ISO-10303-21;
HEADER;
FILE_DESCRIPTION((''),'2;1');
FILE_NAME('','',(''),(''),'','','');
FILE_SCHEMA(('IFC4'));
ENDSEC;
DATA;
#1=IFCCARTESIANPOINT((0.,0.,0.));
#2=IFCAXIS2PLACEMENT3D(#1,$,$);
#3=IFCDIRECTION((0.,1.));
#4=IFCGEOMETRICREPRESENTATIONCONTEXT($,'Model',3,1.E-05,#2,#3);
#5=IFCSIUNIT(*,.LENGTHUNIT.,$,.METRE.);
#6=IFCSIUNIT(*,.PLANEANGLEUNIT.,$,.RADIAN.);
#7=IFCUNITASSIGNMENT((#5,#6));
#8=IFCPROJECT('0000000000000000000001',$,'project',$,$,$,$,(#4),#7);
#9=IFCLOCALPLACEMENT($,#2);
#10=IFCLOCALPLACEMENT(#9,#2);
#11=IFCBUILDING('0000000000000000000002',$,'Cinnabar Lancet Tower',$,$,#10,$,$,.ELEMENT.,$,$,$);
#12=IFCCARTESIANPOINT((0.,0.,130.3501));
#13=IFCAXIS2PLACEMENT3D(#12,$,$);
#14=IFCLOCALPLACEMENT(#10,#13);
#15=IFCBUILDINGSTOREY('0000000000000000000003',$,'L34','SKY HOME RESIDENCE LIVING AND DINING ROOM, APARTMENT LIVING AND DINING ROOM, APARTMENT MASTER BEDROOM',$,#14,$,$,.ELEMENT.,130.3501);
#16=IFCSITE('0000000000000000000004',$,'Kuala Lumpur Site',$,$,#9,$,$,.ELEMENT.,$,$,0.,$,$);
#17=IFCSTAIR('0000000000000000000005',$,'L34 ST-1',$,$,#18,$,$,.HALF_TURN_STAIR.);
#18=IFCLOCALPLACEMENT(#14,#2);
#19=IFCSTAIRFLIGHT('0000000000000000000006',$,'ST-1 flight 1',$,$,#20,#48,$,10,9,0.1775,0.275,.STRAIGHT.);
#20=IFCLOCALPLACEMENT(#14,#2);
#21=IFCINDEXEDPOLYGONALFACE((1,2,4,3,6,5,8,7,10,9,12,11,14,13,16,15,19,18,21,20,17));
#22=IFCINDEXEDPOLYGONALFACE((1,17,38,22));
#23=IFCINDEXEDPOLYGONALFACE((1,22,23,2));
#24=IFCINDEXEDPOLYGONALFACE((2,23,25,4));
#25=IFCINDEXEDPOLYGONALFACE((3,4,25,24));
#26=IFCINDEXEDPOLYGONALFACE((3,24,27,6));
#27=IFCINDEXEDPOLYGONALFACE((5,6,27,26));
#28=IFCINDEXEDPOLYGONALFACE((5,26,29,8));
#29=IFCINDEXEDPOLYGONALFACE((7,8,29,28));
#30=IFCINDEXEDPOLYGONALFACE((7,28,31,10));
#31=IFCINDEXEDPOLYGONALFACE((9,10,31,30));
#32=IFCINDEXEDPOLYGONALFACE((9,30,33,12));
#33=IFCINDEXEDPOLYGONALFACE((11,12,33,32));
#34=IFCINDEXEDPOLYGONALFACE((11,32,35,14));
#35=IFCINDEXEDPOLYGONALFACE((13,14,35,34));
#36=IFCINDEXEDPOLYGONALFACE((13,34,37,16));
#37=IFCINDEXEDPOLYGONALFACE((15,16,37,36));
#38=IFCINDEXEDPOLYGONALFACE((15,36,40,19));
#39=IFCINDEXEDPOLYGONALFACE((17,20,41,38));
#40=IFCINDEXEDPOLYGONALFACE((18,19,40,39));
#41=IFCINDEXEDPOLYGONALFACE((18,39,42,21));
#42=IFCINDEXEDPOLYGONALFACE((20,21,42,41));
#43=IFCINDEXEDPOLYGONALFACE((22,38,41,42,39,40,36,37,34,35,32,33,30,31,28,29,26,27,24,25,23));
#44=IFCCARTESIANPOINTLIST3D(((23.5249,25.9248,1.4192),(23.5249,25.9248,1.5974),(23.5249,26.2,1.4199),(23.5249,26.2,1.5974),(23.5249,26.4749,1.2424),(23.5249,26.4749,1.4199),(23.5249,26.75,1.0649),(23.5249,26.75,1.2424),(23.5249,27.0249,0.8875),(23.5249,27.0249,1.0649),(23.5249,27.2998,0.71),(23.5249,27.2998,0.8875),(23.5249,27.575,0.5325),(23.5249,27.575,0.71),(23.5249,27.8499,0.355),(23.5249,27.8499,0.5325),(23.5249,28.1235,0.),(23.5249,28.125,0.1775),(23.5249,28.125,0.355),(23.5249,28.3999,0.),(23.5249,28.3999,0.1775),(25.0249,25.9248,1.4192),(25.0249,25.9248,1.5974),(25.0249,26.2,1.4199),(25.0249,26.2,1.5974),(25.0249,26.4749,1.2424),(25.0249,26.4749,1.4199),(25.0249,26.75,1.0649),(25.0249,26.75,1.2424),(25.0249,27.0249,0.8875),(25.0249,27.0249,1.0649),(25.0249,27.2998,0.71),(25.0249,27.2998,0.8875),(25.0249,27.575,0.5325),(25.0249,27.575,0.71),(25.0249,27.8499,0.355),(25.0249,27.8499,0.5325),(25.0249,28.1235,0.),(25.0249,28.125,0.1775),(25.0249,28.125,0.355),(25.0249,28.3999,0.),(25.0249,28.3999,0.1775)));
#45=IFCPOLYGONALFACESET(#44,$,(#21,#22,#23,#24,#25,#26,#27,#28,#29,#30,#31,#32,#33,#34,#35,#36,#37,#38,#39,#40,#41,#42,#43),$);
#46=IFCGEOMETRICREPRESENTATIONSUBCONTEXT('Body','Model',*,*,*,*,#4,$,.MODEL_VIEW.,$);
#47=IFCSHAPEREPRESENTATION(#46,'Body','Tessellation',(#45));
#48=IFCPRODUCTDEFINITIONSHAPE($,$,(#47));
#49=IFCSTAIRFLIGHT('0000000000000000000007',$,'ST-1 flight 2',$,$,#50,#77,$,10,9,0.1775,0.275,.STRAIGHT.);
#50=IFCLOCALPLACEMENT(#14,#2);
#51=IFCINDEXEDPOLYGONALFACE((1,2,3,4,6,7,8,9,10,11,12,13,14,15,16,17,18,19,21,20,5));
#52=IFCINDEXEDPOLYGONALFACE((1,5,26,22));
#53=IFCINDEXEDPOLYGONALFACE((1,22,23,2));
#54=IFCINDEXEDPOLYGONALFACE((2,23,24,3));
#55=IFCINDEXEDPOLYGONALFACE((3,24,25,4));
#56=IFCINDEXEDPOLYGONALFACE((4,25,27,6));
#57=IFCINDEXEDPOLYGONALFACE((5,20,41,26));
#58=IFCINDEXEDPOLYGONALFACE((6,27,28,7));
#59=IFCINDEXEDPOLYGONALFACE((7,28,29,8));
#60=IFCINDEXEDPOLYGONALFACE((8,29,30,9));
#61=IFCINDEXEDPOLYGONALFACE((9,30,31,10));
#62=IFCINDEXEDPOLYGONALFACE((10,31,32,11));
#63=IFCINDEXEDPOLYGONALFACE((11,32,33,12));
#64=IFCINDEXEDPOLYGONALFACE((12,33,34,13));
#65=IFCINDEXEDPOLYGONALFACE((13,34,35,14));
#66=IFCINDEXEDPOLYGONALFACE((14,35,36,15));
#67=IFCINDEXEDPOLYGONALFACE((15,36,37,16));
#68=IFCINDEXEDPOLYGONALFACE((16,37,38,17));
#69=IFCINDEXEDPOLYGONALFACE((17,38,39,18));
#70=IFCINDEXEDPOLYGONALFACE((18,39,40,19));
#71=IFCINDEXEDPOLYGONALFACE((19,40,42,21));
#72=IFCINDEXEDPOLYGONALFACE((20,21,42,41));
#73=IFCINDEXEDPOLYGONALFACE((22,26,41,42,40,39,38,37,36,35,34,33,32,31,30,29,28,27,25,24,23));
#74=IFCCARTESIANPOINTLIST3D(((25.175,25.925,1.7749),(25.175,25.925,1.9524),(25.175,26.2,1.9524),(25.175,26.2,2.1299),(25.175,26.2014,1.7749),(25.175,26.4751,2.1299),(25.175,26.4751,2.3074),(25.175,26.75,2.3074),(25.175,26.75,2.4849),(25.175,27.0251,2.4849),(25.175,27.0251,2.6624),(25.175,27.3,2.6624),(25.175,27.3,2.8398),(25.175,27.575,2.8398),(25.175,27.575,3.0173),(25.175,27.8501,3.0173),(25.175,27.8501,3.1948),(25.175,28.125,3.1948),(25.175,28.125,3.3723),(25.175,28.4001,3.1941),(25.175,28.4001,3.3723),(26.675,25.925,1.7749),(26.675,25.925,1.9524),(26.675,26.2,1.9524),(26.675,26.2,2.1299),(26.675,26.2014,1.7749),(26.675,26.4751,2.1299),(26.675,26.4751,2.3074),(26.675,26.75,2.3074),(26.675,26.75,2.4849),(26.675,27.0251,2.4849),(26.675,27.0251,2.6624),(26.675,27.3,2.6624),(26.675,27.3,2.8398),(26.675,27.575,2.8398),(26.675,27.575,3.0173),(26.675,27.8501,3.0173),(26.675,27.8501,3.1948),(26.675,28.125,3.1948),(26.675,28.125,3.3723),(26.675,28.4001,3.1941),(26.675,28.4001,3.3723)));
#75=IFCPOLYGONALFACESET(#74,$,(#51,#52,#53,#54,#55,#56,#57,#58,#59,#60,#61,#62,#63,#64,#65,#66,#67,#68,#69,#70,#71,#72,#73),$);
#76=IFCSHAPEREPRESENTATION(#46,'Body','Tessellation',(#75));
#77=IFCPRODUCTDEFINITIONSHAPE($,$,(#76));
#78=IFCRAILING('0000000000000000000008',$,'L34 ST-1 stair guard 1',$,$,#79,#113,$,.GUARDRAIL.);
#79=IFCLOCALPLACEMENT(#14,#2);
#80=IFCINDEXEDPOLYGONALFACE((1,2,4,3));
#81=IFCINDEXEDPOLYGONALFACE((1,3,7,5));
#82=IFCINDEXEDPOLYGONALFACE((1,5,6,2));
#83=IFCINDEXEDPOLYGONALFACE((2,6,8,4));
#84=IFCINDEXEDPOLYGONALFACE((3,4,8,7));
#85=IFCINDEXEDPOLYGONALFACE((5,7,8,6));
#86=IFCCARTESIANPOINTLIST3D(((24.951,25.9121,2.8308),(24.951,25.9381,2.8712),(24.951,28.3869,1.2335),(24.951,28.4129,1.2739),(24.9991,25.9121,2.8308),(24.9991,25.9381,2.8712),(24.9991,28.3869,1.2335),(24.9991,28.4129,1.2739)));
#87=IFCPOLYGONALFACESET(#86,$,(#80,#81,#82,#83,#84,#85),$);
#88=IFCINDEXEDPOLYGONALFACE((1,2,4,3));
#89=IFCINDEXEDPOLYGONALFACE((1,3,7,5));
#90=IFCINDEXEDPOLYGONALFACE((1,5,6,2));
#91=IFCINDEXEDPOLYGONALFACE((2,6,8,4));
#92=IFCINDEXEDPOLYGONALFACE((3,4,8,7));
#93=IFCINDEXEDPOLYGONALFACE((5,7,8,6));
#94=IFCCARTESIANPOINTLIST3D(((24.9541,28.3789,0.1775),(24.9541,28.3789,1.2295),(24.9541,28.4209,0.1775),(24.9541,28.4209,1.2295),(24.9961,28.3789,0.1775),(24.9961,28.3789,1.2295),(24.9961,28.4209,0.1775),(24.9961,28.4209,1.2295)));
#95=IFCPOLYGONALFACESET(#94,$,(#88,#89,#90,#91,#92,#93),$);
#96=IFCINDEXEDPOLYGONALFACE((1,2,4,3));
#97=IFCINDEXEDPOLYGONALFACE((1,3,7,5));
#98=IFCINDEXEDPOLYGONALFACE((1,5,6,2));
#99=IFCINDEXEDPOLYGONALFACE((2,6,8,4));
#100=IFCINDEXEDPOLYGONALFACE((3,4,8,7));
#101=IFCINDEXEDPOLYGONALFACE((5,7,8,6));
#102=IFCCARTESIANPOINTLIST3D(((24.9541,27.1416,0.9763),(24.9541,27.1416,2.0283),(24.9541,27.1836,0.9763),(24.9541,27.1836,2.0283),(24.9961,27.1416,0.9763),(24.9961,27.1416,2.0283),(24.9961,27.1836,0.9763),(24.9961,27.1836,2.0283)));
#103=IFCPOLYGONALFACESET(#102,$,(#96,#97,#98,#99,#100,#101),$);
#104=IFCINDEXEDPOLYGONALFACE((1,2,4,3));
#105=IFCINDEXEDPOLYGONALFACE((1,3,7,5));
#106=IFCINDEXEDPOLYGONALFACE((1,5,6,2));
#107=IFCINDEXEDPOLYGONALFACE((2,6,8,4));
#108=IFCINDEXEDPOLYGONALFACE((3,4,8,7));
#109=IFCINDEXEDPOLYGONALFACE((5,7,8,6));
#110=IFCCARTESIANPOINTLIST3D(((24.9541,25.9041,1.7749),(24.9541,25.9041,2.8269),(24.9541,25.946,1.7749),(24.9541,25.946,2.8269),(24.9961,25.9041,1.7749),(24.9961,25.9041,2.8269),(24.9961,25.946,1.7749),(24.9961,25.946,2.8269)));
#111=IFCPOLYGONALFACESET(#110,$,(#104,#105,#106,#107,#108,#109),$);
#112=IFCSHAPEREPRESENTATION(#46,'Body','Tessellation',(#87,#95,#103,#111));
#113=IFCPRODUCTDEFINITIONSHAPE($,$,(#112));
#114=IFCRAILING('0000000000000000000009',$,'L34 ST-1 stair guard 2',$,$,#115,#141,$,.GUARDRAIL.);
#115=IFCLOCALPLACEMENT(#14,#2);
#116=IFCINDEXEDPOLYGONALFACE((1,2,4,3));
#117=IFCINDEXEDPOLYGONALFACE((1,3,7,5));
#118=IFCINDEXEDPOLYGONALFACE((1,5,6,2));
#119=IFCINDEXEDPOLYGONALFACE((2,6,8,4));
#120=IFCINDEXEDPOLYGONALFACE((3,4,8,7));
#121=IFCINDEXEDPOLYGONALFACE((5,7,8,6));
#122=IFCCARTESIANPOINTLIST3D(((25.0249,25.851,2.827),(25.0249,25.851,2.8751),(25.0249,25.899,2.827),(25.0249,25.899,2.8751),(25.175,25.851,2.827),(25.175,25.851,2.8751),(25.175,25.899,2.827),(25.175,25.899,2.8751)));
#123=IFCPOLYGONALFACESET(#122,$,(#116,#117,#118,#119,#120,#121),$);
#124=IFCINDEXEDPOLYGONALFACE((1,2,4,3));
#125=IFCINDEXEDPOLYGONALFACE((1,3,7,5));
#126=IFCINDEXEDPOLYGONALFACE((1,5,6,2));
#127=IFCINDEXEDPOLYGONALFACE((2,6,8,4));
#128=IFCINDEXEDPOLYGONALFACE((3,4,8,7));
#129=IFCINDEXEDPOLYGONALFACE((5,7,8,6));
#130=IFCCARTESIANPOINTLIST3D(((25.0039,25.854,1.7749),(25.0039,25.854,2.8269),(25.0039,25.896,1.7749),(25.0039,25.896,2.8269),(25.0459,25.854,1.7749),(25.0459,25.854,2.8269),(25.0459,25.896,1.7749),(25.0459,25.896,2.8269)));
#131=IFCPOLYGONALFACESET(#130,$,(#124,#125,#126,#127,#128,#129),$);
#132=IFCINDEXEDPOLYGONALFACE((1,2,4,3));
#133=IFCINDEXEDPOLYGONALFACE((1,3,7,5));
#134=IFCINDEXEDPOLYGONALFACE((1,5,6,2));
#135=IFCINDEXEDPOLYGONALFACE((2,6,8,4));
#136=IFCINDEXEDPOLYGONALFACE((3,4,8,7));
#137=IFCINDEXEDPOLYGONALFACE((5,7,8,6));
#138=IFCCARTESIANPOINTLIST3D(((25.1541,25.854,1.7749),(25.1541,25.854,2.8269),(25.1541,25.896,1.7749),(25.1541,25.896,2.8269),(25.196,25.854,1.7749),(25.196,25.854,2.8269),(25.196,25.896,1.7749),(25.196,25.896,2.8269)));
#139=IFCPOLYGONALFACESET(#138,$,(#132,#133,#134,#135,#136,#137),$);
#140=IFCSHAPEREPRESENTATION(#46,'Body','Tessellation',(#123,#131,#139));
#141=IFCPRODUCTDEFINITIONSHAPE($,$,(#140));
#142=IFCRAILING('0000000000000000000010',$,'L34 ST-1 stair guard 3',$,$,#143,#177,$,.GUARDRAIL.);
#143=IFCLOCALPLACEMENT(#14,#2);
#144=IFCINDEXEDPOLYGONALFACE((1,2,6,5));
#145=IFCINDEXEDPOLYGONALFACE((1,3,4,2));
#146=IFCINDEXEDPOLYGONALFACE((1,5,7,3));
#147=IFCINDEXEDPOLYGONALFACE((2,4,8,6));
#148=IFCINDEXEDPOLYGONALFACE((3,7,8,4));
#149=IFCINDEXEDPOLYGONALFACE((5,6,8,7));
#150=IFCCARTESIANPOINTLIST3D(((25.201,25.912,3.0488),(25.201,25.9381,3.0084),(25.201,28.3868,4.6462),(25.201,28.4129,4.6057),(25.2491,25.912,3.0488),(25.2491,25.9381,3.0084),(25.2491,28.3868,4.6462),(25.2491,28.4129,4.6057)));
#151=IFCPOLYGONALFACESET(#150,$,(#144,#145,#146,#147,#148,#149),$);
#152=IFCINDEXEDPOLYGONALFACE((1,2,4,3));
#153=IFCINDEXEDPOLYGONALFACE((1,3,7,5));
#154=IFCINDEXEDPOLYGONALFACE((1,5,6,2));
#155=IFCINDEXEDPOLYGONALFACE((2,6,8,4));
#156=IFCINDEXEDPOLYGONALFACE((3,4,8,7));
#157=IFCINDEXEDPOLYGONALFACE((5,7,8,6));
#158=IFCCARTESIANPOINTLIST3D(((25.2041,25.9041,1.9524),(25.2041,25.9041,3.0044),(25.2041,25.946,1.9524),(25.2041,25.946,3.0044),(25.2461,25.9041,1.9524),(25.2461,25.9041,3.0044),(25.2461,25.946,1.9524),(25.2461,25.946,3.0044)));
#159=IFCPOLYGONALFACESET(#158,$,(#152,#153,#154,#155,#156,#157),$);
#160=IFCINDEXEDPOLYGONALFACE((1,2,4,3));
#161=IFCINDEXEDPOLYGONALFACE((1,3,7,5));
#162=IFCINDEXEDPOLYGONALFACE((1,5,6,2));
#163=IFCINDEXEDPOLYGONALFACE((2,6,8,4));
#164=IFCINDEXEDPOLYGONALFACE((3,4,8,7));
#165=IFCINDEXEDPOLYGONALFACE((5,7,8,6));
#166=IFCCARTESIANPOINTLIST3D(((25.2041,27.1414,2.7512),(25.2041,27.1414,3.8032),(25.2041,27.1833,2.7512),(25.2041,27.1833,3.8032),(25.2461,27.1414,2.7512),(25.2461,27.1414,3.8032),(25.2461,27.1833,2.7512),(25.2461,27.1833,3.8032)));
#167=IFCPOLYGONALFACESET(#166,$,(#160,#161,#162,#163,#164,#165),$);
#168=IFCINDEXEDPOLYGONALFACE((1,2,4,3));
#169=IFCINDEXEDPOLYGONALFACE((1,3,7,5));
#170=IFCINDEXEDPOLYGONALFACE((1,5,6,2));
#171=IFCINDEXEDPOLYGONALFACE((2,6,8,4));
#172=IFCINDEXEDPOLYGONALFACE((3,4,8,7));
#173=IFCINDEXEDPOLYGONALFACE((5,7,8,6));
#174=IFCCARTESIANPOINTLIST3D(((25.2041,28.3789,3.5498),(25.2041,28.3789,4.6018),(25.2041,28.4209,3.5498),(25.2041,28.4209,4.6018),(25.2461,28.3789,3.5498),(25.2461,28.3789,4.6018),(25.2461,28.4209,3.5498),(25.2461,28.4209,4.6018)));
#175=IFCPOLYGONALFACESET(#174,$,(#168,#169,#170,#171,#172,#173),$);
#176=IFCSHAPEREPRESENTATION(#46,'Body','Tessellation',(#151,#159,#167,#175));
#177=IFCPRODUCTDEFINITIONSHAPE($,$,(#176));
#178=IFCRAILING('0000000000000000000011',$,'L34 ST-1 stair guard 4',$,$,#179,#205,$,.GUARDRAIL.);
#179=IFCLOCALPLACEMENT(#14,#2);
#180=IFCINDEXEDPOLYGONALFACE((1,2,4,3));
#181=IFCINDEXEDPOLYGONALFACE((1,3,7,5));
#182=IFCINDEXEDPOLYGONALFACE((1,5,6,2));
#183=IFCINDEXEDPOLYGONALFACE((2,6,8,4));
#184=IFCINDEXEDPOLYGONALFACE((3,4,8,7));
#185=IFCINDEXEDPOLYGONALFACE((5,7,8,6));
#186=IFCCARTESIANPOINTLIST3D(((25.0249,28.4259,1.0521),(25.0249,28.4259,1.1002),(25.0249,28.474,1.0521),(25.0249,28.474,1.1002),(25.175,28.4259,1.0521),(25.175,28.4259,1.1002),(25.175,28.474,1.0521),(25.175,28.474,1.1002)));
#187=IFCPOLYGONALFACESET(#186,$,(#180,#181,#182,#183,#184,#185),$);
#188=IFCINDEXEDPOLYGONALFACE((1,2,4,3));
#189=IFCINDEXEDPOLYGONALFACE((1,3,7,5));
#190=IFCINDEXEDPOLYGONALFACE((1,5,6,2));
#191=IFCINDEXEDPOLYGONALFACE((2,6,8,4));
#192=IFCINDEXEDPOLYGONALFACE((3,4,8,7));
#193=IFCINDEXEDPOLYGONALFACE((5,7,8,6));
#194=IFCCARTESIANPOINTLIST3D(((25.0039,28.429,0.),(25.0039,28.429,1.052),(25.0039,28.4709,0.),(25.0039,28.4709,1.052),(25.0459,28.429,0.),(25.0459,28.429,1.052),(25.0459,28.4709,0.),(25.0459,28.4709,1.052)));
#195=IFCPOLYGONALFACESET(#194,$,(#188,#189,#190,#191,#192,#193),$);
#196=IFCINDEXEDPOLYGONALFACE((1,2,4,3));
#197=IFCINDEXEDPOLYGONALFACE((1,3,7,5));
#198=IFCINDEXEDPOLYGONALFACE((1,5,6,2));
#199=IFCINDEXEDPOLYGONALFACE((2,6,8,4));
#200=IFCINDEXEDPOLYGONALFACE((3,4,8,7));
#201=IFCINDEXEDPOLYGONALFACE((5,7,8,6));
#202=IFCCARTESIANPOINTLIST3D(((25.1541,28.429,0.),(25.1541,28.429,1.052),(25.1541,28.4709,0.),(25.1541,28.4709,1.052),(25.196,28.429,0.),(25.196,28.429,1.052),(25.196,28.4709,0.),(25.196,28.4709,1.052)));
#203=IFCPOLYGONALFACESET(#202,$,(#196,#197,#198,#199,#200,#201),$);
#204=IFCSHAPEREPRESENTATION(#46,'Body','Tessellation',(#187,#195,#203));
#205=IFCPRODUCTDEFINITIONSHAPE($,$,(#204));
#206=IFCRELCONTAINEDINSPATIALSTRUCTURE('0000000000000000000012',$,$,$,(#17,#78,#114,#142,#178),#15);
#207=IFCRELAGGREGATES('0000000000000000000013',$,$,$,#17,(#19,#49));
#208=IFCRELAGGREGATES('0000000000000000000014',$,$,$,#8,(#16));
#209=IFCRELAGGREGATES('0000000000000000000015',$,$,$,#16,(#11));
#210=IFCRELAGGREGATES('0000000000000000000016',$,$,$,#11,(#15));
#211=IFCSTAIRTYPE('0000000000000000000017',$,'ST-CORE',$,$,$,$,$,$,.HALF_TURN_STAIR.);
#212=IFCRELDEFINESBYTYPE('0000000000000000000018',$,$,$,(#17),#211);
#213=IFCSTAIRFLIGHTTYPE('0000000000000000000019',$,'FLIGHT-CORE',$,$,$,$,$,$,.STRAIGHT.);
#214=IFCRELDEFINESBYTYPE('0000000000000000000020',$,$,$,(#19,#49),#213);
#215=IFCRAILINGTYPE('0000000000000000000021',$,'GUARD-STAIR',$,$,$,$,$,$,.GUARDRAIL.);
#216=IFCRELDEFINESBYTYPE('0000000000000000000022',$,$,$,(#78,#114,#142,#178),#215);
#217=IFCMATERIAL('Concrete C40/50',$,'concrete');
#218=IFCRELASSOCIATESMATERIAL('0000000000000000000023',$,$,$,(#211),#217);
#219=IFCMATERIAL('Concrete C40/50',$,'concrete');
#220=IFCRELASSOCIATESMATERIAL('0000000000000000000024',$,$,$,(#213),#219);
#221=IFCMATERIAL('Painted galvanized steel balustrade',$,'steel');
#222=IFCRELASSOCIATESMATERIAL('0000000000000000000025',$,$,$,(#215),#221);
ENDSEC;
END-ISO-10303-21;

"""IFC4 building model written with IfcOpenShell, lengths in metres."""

from ifc_helpers import new_model, si_unit, direction, frame, origin, origin_2d, place, context, subcontext, project, spatial, polyline, rectangle, outline, extrude, material, type_object, element, aggregate, save


model = new_model("IFC4")

# Units and contexts
model_context = context("Model", 3, precision=1e-05, world=origin(), true_north=direction((0.0, 1.0)))
body_context = subcontext(model_context, "Body", "Model", "MODEL_VIEW")
ifc_project = project(units=[si_unit("LENGTHUNIT", "METRE"), si_unit("PLANEANGLEUNIT", "RADIAN")], contexts=[model_context])

# Site, building, storey
site_placement = place(None, origin())
site = spatial("IfcSite", under=ifc_project, at=site_placement, Name="Kuala Lumpur Site", CompositionType="ELEMENT", RefElevation=0.0)
building_placement = place(site_placement, origin())
building = spatial("IfcBuilding", under=site, at=building_placement, Name="Cinnabar Lancet Tower", CompositionType="ELEMENT")
storey_placement = place(building_placement, frame((0.0, 0.0, 130.3501)))
storey = spatial("IfcBuildingStorey", under=building, at=storey_placement, Name="L34", Description="SKY HOME RESIDENCE LIVING AND DINING ROOM, APARTMENT LIVING AND DINING ROOM, APARTMENT MASTER BEDROOM", CompositionType="ELEMENT", Elevation=130.3501)

# Stair, stair flights
ifc_material_1 = material(Name="Concrete C40/50", Category="concrete")
stair_type = type_object("IfcStairType", Name="ST-CORE", PredefinedType="HALF_TURN_STAIR", material=ifc_material_1)
stair_placement = place(storey_placement, origin())
stair = element("IfcStair", 1, at=stair_placement, inside=storey, type_object=stair_type, Name="L34 ST-1", PredefinedType="HALF_TURN_STAIR")
ifc_material_2 = material(Name="Concrete C40/50", Category="concrete")
stair_flight_type = type_object("IfcStairFlightType", Name="FLIGHT-CORE", PredefinedType="STRAIGHT", material=ifc_material_2)
stair_flight_1_placement = place(storey_placement, frame((24.2749, 28.3999, 0.0), z_axis=(0.0, 0.0, 1.0), x_axis=(0.0, -1.0, 0.0)))
stair_flight_1 = element("IfcStairFlight", 2, at=stair_flight_1_placement, type_object=stair_flight_type, Name="ST-1 flight 1", NumberOfRisers=10, NumberOfTreads=9, PredefinedType="STRAIGHT", RiserHeight=0.1775, TreadLength=0.275, context=body_context, shape_type="SweptSolid", body=[
    extrude(outline(polyline([(0.0, 0.0), (0.0, 0.1775), (0.2749, 0.1775), (0.2749, 0.355), (0.55, 0.355), (0.55, 0.5325), (0.825, 0.5325), (0.825, 0.71), (1.1001, 0.71), (1.1001, 0.8875), (1.375, 0.8875), (1.375, 1.0649), (1.6499, 1.0649), (1.6499, 1.2424), (1.925, 1.2424), (1.925, 1.4199), (2.2, 1.4199), (2.2, 1.5974), (2.4751, 1.5974), (2.4751, 1.7749), (2.4751, 1.4192), (0.2764, 0.0), (0.0, 0.0)])), frame((0.0, 0.75, 0.0), z_axis=(0.0, -1.0, 0.0), x_axis=(1.0, 0.0, 0.0)), (0.0, 0.0, 1.0), 1.5),
])
stair_flight_2_placement = place(storey_placement, frame((25.925, 25.925, 1.7749), z_axis=(0.0, 0.0, 1.0), x_axis=(0.0, 1.0, 0.0)))
stair_flight_2 = element("IfcStairFlight", 3, at=stair_flight_2_placement, type_object=stair_flight_type, Name="ST-1 flight 2", NumberOfRisers=10, NumberOfTreads=9, PredefinedType="STRAIGHT", RiserHeight=0.1775, TreadLength=0.275, context=body_context, shape_type="SweptSolid", body=[
    extrude(outline(polyline([(0.0, 0.0), (0.0, 0.1775), (0.2749, 0.1775), (0.2749, 0.355), (0.55, 0.355), (0.55, 0.5325), (0.825, 0.5325), (0.825, 0.71), (1.1001, 0.71), (1.1001, 0.8875), (1.375, 0.8875), (1.375, 1.0649), (1.6499, 1.0649), (1.6499, 1.2424), (1.925, 1.2424), (1.925, 1.4199), (2.2, 1.4199), (2.2, 1.5974), (2.4751, 1.5974), (2.4751, 1.7749), (2.4751, 1.4192), (0.2764, 0.0), (0.0, 0.0)])), frame((0.0, 0.75, 0.0), z_axis=(0.0, -1.0, 0.0), x_axis=(1.0, 0.0, 0.0)), (0.0, 0.0, 1.0), 1.5),
])
aggregate(stair, [stair_flight_1, stair_flight_2])

# Railings
ifc_material_3 = material(Name="Painted galvanized steel balustrade", Category="steel")
railing_type_1 = type_object("IfcRailingType", Name="GUARD-STAIR", PredefinedType="GUARDRAIL", material=ifc_material_3)
railing_1_placement = place(storey_placement, frame((24.9751, 28.3999, 0.1775)))
element("IfcRailing", 4, at=railing_1_placement, inside=storey, type_object=railing_type_1, Name="L34 ST-1 stair guard 1", PredefinedType="GUARDRAIL", context=body_context, shape_type="SweptSolid", body=[
    extrude(rectangle(XDim=0.0481, YDim=0.0481, at=origin_2d()), frame((0.0, 0.0, 1.0762), z_axis=(0.0, -0.840183, 0.542302), x_axis=(1.0, 0.0, 0.0)), (0.0, 0.0, 1.0), 2.9456),
    extrude(rectangle(XDim=0.042, YDim=0.042, at=origin_2d()), origin(), (0.0, 0.0, 1.0), 1.052),
    extrude(rectangle(XDim=0.042, YDim=0.042, at=origin_2d()), frame((0.0, -1.2373, 0.7988)), (0.0, 0.0, 1.0), 1.052),
    extrude(rectangle(XDim=0.042, YDim=0.042, at=origin_2d()), frame((0.0, -2.4749, 1.5974)), (0.0, 0.0, 1.0), 1.052),
])
railing_2_placement = place(storey_placement, frame((25.0249, 25.875, 1.7749)))
element("IfcRailing", 5, at=railing_2_placement, inside=storey, type_object=railing_type_1, Name="L34 ST-1 stair guard 2", PredefinedType="GUARDRAIL", context=body_context, shape_type="SweptSolid", body=[
    extrude(rectangle(XDim=0.0481, YDim=0.0481, at=origin_2d()), frame((0.0, 0.0, 1.0762), z_axis=(1.0, 0.0, 0.0), x_axis=(0.0, 1.0, 0.0)), (0.0, 0.0, 1.0), 0.1501),
    extrude(rectangle(XDim=0.042, YDim=0.042, at=origin_2d()), origin(), (0.0, 0.0, 1.0), 1.052),
    extrude(rectangle(XDim=0.042, YDim=0.042, at=origin_2d()), frame((0.1501, 0.0, 0.0)), (0.0, 0.0, 1.0), 1.052),
])
railing_3_placement = place(storey_placement, frame((25.2251, 25.925, 1.9524)))
element("IfcRailing", 6, at=railing_3_placement, inside=storey, type_object=railing_type_1, Name="L34 ST-1 stair guard 3", PredefinedType="GUARDRAIL", context=body_context, shape_type="SweptSolid", body=[
    extrude(rectangle(XDim=0.0481, YDim=0.0481, at=origin_2d()), frame((0.0, 0.0, 1.0762), z_axis=(0.0, 0.840183, 0.542302), x_axis=(-1.0, 0.0, 0.0)), (0.0, 0.0, 1.0), 2.9456),
    extrude(rectangle(XDim=0.042, YDim=0.042, at=origin_2d()), origin(), (0.0, 0.0, 1.0), 1.052),
    extrude(rectangle(XDim=0.042, YDim=0.042, at=origin_2d()), frame((0.0, 1.2373, 0.7988)), (0.0, 0.0, 1.0), 1.052),
    extrude(rectangle(XDim=0.042, YDim=0.042, at=origin_2d()), frame((0.0, 2.4749, 1.5974)), (0.0, 0.0, 1.0), 1.052),
])
railing_4_placement = place(storey_placement, frame((25.0249, 28.45, 0.0)))
element("IfcRailing", 7, at=railing_4_placement, inside=storey, type_object=railing_type_1, Name="L34 ST-1 stair guard 4", PredefinedType="GUARDRAIL", context=body_context, shape_type="SweptSolid", body=[
    extrude(rectangle(XDim=0.0481, YDim=0.0481, at=origin_2d()), frame((0.0, 0.0, 1.0762), z_axis=(1.0, 0.0, 0.0), x_axis=(0.0, 1.0, 0.0)), (0.0, 0.0, 1.0), 0.1501),
    extrude(rectangle(XDim=0.042, YDim=0.042, at=origin_2d()), origin(), (0.0, 0.0, 1.0), 1.052),
    extrude(rectangle(XDim=0.042, YDim=0.042, at=origin_2d()), frame((0.1501, 0.0, 0.0)), (0.0, 0.0, 1.0), 1.052),
])

save(model, "model.ifc")
